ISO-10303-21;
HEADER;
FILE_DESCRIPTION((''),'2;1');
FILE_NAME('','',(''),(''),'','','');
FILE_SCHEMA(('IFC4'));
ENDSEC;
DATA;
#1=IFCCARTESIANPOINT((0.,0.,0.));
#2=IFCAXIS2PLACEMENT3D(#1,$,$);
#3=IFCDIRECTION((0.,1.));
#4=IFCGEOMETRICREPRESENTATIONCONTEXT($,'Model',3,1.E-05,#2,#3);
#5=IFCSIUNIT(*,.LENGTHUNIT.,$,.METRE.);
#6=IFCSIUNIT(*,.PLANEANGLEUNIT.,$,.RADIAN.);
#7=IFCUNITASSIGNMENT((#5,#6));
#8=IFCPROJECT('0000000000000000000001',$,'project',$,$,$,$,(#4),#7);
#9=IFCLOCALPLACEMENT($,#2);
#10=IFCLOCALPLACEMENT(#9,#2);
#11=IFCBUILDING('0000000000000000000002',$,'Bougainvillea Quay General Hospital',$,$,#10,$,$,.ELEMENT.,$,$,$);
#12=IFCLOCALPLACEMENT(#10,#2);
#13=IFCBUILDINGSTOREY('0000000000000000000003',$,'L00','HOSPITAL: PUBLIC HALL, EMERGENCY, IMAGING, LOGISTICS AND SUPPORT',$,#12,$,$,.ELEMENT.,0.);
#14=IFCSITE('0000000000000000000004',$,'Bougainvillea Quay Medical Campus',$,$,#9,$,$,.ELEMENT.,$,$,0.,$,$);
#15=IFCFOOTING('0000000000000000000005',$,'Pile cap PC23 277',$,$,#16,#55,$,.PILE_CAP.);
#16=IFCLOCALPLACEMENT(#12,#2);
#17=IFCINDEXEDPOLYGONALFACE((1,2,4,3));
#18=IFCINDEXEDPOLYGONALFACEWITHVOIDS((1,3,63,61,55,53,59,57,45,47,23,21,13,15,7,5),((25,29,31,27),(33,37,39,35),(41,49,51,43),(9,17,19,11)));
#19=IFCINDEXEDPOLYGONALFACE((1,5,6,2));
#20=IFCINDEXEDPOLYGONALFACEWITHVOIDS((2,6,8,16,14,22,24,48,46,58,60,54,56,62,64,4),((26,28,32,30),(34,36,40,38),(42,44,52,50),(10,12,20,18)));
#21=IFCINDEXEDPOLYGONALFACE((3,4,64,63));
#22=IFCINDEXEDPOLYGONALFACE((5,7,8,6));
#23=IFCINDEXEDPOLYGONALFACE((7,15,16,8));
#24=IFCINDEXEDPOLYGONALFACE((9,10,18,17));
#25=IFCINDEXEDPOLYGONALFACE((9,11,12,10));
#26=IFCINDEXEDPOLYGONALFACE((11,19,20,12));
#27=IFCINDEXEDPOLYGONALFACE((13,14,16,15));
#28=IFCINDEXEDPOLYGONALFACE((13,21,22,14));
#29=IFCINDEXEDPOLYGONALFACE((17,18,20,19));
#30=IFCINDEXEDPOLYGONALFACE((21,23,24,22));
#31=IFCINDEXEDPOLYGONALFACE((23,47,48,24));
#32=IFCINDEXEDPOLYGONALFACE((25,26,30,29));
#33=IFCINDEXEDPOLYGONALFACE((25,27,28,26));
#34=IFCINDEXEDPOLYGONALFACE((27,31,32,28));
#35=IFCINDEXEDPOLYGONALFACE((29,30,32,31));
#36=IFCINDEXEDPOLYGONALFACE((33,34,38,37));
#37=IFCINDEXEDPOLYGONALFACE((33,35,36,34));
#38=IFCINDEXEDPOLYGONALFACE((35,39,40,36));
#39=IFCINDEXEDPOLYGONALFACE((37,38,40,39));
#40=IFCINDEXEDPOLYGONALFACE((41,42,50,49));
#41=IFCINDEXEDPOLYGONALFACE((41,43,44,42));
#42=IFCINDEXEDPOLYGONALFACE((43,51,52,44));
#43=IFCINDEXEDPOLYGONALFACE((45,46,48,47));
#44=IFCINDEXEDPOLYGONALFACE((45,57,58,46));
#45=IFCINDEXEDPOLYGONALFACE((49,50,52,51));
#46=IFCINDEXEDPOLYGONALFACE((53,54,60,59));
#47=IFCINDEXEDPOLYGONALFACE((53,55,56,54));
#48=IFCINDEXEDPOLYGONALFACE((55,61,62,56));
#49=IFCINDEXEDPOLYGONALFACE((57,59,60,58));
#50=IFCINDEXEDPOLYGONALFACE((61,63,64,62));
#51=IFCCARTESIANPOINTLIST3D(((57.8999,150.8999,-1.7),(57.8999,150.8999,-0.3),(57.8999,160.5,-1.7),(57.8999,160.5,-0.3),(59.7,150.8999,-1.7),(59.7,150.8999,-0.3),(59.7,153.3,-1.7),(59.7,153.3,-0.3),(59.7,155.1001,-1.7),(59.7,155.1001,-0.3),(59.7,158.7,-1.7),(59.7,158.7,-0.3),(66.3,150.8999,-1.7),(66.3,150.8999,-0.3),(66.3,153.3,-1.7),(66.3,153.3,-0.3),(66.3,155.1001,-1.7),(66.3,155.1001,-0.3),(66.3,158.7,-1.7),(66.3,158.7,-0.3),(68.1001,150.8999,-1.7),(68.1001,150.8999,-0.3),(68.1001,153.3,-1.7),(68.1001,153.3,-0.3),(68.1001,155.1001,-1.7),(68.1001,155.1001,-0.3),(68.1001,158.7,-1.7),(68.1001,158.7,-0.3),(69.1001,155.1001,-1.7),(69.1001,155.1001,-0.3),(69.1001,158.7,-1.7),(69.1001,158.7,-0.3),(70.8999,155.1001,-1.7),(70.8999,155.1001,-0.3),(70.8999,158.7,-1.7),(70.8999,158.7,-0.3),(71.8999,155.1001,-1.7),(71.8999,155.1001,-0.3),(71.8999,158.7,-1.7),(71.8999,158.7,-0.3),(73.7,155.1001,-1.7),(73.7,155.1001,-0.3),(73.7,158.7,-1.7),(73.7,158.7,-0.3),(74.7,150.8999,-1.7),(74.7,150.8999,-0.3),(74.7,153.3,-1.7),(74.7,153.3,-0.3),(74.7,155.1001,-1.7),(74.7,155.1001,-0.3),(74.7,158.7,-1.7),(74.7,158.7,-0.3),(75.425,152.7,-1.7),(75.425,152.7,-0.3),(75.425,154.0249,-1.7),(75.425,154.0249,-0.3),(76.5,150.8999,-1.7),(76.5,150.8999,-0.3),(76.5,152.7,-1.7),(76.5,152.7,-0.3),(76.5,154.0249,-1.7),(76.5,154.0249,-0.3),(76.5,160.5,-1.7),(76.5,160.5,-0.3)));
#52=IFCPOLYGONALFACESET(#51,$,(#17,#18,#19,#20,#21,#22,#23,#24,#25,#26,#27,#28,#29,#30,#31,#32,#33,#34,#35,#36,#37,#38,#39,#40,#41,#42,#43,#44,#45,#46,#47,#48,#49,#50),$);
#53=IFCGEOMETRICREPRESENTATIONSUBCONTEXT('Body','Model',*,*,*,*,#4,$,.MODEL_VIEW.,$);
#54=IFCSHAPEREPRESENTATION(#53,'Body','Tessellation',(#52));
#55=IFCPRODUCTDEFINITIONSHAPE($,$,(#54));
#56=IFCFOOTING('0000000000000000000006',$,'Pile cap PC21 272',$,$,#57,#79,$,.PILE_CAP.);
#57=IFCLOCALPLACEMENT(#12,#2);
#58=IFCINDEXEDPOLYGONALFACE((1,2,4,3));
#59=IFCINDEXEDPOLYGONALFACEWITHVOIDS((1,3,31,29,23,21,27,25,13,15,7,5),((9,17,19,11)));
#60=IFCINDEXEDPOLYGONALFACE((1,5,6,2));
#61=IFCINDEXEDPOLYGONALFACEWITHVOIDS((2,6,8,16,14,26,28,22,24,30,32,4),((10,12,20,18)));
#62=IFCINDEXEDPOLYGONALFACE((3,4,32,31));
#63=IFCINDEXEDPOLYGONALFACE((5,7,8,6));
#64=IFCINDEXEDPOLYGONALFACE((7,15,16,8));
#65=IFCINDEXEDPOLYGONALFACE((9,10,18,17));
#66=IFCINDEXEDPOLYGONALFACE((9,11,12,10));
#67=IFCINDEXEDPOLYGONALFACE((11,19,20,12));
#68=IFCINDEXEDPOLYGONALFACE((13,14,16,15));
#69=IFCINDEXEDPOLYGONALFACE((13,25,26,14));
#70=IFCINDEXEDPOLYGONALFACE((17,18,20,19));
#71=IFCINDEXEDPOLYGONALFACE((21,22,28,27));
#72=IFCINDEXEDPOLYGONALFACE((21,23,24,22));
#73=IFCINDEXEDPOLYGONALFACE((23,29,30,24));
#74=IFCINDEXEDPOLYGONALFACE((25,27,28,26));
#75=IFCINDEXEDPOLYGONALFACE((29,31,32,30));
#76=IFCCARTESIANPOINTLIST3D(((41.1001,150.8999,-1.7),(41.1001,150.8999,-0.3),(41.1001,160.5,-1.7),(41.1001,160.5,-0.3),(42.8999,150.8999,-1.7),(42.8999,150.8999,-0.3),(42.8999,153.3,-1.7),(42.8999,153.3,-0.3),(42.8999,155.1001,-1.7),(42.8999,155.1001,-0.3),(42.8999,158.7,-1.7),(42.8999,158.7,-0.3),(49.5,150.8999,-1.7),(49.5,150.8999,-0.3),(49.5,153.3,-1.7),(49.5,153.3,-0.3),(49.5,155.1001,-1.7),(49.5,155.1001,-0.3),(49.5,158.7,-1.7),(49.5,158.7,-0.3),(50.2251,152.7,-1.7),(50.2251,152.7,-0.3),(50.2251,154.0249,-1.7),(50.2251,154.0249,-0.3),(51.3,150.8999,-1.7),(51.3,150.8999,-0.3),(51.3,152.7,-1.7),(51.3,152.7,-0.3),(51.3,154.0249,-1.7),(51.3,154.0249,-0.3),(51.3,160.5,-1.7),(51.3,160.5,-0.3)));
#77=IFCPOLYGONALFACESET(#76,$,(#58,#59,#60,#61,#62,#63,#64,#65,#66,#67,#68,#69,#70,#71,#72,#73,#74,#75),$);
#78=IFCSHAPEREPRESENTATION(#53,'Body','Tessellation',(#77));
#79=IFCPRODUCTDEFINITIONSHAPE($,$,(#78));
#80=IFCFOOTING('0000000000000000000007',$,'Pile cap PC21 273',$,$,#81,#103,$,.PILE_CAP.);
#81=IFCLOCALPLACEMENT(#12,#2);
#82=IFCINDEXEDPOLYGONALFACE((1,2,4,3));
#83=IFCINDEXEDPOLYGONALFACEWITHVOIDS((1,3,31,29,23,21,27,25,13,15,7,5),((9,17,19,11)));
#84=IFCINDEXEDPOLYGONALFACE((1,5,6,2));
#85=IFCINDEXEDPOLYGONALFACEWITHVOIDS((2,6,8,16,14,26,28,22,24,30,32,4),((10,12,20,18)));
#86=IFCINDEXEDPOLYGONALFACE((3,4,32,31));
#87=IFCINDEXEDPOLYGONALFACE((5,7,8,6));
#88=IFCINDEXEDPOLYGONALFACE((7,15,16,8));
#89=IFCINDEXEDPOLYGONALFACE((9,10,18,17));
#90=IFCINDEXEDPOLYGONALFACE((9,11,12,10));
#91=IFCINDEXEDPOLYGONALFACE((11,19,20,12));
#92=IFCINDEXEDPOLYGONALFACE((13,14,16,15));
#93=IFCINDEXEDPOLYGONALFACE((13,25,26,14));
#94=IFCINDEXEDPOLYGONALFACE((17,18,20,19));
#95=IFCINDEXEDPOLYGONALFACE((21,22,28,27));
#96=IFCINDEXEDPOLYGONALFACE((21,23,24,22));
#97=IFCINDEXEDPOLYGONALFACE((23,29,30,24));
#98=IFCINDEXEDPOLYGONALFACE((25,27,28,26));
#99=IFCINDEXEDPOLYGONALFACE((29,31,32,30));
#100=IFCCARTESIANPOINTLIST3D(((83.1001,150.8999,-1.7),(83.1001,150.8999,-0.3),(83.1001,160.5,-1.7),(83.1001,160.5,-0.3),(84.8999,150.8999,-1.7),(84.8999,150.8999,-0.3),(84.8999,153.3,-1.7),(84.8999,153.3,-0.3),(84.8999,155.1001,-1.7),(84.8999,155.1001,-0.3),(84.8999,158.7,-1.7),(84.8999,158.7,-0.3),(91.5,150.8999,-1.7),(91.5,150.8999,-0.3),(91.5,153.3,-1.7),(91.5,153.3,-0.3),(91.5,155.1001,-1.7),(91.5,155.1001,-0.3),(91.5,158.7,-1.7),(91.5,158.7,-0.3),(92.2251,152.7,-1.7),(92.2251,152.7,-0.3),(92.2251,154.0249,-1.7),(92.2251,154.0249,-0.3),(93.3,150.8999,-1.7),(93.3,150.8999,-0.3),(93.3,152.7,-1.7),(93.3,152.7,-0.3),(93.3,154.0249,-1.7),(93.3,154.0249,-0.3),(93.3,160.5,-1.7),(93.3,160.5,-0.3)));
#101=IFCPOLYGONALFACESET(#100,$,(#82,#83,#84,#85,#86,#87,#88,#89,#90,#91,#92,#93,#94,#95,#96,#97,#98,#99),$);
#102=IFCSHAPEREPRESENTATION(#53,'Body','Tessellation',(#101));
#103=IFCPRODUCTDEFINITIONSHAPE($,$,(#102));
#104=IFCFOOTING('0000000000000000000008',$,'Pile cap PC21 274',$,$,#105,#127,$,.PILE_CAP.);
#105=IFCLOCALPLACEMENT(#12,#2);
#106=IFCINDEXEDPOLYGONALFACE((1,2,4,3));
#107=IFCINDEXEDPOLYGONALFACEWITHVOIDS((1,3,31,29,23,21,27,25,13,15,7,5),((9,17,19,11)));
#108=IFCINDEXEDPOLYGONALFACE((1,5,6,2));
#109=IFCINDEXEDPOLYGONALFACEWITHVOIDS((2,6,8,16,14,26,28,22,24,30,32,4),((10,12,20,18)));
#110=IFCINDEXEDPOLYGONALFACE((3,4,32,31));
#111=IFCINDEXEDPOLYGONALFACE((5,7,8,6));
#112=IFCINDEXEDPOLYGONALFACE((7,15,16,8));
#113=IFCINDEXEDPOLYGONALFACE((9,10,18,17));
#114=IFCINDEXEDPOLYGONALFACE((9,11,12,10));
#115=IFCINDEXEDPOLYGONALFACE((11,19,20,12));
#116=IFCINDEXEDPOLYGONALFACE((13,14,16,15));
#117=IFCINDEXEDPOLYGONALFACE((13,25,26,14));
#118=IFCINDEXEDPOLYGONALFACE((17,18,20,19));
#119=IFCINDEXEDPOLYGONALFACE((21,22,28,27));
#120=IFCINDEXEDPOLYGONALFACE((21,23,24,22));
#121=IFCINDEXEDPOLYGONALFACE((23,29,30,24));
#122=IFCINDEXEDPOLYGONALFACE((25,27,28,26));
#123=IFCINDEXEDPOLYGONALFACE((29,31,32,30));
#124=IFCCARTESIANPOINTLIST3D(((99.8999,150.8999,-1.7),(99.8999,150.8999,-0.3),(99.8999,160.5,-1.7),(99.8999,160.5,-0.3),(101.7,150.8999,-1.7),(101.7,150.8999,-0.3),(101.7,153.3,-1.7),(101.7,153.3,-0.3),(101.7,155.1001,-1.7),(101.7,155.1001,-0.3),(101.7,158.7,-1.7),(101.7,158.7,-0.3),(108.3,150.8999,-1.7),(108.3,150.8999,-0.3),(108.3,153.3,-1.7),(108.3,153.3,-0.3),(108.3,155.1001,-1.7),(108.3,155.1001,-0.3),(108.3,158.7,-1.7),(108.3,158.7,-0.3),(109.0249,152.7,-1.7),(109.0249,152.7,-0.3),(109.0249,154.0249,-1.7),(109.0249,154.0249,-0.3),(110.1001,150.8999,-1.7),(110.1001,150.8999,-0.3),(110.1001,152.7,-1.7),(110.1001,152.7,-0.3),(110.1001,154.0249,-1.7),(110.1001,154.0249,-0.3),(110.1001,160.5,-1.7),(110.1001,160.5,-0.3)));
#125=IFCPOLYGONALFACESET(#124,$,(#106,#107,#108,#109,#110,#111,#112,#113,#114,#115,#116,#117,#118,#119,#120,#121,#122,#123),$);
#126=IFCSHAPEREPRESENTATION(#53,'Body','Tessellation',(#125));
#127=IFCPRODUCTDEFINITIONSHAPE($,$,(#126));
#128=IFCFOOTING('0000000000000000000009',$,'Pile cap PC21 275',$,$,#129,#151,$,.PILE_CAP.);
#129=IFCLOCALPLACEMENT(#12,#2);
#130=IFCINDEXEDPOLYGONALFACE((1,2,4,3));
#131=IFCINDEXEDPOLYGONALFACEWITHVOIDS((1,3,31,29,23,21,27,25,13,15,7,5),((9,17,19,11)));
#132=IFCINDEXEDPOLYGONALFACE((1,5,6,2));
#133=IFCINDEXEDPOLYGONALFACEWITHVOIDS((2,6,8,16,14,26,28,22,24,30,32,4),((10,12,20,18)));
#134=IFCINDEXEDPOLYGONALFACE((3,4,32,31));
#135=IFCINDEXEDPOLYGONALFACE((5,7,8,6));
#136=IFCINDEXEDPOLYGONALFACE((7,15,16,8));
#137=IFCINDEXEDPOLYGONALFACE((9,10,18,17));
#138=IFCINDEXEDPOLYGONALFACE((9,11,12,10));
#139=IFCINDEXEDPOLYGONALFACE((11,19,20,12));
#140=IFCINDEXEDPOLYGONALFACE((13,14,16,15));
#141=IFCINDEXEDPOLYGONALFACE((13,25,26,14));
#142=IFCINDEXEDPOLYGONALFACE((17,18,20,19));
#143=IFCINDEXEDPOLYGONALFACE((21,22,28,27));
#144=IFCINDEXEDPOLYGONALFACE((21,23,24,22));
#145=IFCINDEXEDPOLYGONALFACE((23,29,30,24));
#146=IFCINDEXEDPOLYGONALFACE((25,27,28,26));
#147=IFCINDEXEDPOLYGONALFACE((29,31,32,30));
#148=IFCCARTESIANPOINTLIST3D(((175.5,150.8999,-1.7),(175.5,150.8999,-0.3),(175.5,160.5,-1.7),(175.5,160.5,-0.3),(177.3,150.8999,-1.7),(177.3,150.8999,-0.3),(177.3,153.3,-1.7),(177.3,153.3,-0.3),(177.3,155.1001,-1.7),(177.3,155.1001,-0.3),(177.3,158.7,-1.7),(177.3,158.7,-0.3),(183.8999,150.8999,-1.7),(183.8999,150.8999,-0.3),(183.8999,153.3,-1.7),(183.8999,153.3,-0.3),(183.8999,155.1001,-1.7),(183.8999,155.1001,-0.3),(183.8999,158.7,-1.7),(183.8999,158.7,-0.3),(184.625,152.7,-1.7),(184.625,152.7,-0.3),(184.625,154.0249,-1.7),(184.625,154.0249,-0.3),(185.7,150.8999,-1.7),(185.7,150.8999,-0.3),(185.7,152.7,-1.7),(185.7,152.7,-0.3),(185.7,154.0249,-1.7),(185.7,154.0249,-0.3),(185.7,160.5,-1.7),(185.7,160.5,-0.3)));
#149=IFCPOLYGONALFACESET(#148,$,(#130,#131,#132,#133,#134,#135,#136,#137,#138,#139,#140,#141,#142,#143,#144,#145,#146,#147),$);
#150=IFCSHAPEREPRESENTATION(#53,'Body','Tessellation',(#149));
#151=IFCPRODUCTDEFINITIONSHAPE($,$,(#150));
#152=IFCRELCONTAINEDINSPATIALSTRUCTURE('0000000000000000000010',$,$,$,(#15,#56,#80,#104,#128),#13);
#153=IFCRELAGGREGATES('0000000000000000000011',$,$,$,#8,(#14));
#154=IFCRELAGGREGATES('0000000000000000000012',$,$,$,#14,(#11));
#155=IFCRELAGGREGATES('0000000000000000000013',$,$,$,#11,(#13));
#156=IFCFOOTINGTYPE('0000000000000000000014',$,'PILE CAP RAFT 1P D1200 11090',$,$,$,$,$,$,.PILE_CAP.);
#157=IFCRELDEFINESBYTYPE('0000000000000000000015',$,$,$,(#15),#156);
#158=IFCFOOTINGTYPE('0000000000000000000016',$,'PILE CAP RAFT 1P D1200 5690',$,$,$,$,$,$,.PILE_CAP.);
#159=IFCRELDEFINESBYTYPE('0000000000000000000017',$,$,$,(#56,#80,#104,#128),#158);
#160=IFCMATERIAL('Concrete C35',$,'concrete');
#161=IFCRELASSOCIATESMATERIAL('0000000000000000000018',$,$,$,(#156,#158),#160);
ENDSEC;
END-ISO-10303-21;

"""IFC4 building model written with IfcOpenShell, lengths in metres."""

from ifc_helpers import new_model, si_unit, direction, frame, origin, place, context, subcontext, project, spatial, polyline, outline, extrude, material, type_object, element, save


model = new_model("IFC4")

# Units and contexts
model_context = context("Model", 3, precision=1e-05, world=origin(), true_north=direction((0.0, 1.0)))
body_context = subcontext(model_context, "Body", "Model", "MODEL_VIEW")
ifc_project = project(units=[si_unit("LENGTHUNIT", "METRE"), si_unit("PLANEANGLEUNIT", "RADIAN")], contexts=[model_context])

# Site, building, storey
site_placement = place(None, origin())
site = spatial("IfcSite", under=ifc_project, at=site_placement, Name="Bougainvillea Quay Medical Campus", CompositionType="ELEMENT", RefElevation=0.0)
building_placement = place(site_placement, origin())
building = spatial("IfcBuilding", under=site, at=building_placement, Name="Bougainvillea Quay General Hospital", CompositionType="ELEMENT")
storey_placement = place(building_placement, origin())
storey = spatial("IfcBuildingStorey", under=building, at=storey_placement, Name="L00", Description="HOSPITAL: PUBLIC HALL, EMERGENCY, IMAGING, LOGISTICS AND SUPPORT", CompositionType="ELEMENT", Elevation=0.0)

# Footings
ifc_material = material(Name="Concrete C35", Category="concrete")
footing_type_1 = type_object("IfcFootingType", Name="PILE CAP RAFT 1P D1200 11090", PredefinedType="PILE_CAP", material=ifc_material)
footing_1_placement = place(storey_placement, frame((0.0, 0.0, -1.7)))
element("IfcFooting", 1, at=footing_1_placement, inside=storey, type_object=footing_type_1, Name="Pile cap PC23 277", PredefinedType="PILE_CAP", context=body_context, shape_type="SweptSolid", body=[
    extrude(outline(polyline([(66.3, 153.3), (59.7, 153.3), (59.7, 150.8999), (57.8999, 150.8999), (57.8999, 160.5), (76.5, 160.5), (76.5, 154.0249), (75.425, 154.0249), (75.425, 152.7), (76.5, 152.7), (76.5, 150.8999), (74.7, 150.8999), (74.7, 153.3), (68.1001, 153.3), (68.1001, 150.8999), (66.3, 150.8999), (66.3, 153.3)]), holes=[polyline([(73.7, 158.7), (73.7, 155.1001), (74.7, 155.1001), (74.7, 158.7), (73.7, 158.7)]), polyline([(71.8999, 158.7), (70.8999, 158.7), (70.8999, 155.1001), (71.8999, 155.1001), (71.8999, 158.7)]), polyline([(69.1001, 158.7), (68.1001, 158.7), (68.1001, 155.1001), (69.1001, 155.1001), (69.1001, 158.7)]), polyline([(66.3, 155.1001), (66.3, 158.7), (59.7, 158.7), (59.7, 155.1001), (66.3, 155.1001)])]), origin(), (0.0, 0.0, 1.0), 1.3999),
])
footing_type_2 = type_object("IfcFootingType", Name="PILE CAP RAFT 1P D1200 5690", PredefinedType="PILE_CAP", material=ifc_material)
footing_2_placement = place(storey_placement, frame((0.0, 0.0, -1.7)))
element("IfcFooting", 2, at=footing_2_placement, inside=storey, type_object=footing_type_2, Name="Pile cap PC21 272", PredefinedType="PILE_CAP", context=body_context, shape_type="SweptSolid", body=[
    extrude(outline(polyline([(42.8999, 153.3), (42.8999, 150.8999), (41.1001, 150.8999), (41.1001, 160.5), (51.3, 160.5), (51.3, 154.0249), (50.2251, 154.0249), (50.2251, 152.7), (51.3, 152.7), (51.3, 150.8999), (49.5, 150.8999), (49.5, 153.3), (42.8999, 153.3)]), holes=[polyline([(42.8999, 158.7), (42.8999, 155.1001), (49.5, 155.1001), (49.5, 158.7), (42.8999, 158.7)])]), origin(), (0.0, 0.0, 1.0), 1.3999),
])
footing_3_placement = place(storey_placement, frame((0.0, 0.0, -1.7)))
element("IfcFooting", 3, at=footing_3_placement, inside=storey, type_object=footing_type_2, Name="Pile cap PC21 273", PredefinedType="PILE_CAP", context=body_context, shape_type="SweptSolid", body=[
    extrude(outline(polyline([(84.8999, 153.3), (84.8999, 150.8999), (83.1001, 150.8999), (83.1001, 160.5), (93.3, 160.5), (93.3, 154.0249), (92.2251, 154.0249), (92.2251, 152.7), (93.3, 152.7), (93.3, 150.8999), (91.5, 150.8999), (91.5, 153.3), (84.8999, 153.3)]), holes=[polyline([(84.8999, 158.7), (84.8999, 155.1001), (91.5, 155.1001), (91.5, 158.7), (84.8999, 158.7)])]), origin(), (0.0, 0.0, 1.0), 1.3999),
])
footing_4_placement = place(storey_placement, frame((0.0, 0.0, -1.7)))
element("IfcFooting", 4, at=footing_4_placement, inside=storey, type_object=footing_type_2, Name="Pile cap PC21 274", PredefinedType="PILE_CAP", context=body_context, shape_type="SweptSolid", body=[
    extrude(outline(polyline([(101.7, 153.3), (101.7, 150.8999), (99.8999, 150.8999), (99.8999, 160.5), (110.1001, 160.5), (110.1001, 154.0249), (109.0249, 154.0249), (109.0249, 152.7), (110.1001, 152.7), (110.1001, 150.8999), (108.3, 150.8999), (108.3, 153.3), (101.7, 153.3)]), holes=[polyline([(101.7, 158.7), (101.7, 155.1001), (108.3, 155.1001), (108.3, 158.7), (101.7, 158.7)])]), origin(), (0.0, 0.0, 1.0), 1.3999),
])
footing_5_placement = place(storey_placement, frame((0.0, 0.0, -1.7)))
element("IfcFooting", 5, at=footing_5_placement, inside=storey, type_object=footing_type_2, Name="Pile cap PC21 275", PredefinedType="PILE_CAP", context=body_context, shape_type="SweptSolid", body=[
    extrude(outline(polyline([(177.3, 153.3), (177.3, 150.8999), (175.5, 150.8999), (175.5, 160.5), (185.7, 160.5), (185.7, 154.0249), (184.625, 154.0249), (184.625, 152.7), (185.7, 152.7), (185.7, 150.8999), (183.8999, 150.8999), (183.8999, 153.3), (177.3, 153.3)]), holes=[polyline([(177.3, 158.7), (177.3, 155.1001), (183.8999, 155.1001), (183.8999, 158.7), (177.3, 158.7)])]), origin(), (0.0, 0.0, 1.0), 1.3999),
])

save(model, "model.ifc")
